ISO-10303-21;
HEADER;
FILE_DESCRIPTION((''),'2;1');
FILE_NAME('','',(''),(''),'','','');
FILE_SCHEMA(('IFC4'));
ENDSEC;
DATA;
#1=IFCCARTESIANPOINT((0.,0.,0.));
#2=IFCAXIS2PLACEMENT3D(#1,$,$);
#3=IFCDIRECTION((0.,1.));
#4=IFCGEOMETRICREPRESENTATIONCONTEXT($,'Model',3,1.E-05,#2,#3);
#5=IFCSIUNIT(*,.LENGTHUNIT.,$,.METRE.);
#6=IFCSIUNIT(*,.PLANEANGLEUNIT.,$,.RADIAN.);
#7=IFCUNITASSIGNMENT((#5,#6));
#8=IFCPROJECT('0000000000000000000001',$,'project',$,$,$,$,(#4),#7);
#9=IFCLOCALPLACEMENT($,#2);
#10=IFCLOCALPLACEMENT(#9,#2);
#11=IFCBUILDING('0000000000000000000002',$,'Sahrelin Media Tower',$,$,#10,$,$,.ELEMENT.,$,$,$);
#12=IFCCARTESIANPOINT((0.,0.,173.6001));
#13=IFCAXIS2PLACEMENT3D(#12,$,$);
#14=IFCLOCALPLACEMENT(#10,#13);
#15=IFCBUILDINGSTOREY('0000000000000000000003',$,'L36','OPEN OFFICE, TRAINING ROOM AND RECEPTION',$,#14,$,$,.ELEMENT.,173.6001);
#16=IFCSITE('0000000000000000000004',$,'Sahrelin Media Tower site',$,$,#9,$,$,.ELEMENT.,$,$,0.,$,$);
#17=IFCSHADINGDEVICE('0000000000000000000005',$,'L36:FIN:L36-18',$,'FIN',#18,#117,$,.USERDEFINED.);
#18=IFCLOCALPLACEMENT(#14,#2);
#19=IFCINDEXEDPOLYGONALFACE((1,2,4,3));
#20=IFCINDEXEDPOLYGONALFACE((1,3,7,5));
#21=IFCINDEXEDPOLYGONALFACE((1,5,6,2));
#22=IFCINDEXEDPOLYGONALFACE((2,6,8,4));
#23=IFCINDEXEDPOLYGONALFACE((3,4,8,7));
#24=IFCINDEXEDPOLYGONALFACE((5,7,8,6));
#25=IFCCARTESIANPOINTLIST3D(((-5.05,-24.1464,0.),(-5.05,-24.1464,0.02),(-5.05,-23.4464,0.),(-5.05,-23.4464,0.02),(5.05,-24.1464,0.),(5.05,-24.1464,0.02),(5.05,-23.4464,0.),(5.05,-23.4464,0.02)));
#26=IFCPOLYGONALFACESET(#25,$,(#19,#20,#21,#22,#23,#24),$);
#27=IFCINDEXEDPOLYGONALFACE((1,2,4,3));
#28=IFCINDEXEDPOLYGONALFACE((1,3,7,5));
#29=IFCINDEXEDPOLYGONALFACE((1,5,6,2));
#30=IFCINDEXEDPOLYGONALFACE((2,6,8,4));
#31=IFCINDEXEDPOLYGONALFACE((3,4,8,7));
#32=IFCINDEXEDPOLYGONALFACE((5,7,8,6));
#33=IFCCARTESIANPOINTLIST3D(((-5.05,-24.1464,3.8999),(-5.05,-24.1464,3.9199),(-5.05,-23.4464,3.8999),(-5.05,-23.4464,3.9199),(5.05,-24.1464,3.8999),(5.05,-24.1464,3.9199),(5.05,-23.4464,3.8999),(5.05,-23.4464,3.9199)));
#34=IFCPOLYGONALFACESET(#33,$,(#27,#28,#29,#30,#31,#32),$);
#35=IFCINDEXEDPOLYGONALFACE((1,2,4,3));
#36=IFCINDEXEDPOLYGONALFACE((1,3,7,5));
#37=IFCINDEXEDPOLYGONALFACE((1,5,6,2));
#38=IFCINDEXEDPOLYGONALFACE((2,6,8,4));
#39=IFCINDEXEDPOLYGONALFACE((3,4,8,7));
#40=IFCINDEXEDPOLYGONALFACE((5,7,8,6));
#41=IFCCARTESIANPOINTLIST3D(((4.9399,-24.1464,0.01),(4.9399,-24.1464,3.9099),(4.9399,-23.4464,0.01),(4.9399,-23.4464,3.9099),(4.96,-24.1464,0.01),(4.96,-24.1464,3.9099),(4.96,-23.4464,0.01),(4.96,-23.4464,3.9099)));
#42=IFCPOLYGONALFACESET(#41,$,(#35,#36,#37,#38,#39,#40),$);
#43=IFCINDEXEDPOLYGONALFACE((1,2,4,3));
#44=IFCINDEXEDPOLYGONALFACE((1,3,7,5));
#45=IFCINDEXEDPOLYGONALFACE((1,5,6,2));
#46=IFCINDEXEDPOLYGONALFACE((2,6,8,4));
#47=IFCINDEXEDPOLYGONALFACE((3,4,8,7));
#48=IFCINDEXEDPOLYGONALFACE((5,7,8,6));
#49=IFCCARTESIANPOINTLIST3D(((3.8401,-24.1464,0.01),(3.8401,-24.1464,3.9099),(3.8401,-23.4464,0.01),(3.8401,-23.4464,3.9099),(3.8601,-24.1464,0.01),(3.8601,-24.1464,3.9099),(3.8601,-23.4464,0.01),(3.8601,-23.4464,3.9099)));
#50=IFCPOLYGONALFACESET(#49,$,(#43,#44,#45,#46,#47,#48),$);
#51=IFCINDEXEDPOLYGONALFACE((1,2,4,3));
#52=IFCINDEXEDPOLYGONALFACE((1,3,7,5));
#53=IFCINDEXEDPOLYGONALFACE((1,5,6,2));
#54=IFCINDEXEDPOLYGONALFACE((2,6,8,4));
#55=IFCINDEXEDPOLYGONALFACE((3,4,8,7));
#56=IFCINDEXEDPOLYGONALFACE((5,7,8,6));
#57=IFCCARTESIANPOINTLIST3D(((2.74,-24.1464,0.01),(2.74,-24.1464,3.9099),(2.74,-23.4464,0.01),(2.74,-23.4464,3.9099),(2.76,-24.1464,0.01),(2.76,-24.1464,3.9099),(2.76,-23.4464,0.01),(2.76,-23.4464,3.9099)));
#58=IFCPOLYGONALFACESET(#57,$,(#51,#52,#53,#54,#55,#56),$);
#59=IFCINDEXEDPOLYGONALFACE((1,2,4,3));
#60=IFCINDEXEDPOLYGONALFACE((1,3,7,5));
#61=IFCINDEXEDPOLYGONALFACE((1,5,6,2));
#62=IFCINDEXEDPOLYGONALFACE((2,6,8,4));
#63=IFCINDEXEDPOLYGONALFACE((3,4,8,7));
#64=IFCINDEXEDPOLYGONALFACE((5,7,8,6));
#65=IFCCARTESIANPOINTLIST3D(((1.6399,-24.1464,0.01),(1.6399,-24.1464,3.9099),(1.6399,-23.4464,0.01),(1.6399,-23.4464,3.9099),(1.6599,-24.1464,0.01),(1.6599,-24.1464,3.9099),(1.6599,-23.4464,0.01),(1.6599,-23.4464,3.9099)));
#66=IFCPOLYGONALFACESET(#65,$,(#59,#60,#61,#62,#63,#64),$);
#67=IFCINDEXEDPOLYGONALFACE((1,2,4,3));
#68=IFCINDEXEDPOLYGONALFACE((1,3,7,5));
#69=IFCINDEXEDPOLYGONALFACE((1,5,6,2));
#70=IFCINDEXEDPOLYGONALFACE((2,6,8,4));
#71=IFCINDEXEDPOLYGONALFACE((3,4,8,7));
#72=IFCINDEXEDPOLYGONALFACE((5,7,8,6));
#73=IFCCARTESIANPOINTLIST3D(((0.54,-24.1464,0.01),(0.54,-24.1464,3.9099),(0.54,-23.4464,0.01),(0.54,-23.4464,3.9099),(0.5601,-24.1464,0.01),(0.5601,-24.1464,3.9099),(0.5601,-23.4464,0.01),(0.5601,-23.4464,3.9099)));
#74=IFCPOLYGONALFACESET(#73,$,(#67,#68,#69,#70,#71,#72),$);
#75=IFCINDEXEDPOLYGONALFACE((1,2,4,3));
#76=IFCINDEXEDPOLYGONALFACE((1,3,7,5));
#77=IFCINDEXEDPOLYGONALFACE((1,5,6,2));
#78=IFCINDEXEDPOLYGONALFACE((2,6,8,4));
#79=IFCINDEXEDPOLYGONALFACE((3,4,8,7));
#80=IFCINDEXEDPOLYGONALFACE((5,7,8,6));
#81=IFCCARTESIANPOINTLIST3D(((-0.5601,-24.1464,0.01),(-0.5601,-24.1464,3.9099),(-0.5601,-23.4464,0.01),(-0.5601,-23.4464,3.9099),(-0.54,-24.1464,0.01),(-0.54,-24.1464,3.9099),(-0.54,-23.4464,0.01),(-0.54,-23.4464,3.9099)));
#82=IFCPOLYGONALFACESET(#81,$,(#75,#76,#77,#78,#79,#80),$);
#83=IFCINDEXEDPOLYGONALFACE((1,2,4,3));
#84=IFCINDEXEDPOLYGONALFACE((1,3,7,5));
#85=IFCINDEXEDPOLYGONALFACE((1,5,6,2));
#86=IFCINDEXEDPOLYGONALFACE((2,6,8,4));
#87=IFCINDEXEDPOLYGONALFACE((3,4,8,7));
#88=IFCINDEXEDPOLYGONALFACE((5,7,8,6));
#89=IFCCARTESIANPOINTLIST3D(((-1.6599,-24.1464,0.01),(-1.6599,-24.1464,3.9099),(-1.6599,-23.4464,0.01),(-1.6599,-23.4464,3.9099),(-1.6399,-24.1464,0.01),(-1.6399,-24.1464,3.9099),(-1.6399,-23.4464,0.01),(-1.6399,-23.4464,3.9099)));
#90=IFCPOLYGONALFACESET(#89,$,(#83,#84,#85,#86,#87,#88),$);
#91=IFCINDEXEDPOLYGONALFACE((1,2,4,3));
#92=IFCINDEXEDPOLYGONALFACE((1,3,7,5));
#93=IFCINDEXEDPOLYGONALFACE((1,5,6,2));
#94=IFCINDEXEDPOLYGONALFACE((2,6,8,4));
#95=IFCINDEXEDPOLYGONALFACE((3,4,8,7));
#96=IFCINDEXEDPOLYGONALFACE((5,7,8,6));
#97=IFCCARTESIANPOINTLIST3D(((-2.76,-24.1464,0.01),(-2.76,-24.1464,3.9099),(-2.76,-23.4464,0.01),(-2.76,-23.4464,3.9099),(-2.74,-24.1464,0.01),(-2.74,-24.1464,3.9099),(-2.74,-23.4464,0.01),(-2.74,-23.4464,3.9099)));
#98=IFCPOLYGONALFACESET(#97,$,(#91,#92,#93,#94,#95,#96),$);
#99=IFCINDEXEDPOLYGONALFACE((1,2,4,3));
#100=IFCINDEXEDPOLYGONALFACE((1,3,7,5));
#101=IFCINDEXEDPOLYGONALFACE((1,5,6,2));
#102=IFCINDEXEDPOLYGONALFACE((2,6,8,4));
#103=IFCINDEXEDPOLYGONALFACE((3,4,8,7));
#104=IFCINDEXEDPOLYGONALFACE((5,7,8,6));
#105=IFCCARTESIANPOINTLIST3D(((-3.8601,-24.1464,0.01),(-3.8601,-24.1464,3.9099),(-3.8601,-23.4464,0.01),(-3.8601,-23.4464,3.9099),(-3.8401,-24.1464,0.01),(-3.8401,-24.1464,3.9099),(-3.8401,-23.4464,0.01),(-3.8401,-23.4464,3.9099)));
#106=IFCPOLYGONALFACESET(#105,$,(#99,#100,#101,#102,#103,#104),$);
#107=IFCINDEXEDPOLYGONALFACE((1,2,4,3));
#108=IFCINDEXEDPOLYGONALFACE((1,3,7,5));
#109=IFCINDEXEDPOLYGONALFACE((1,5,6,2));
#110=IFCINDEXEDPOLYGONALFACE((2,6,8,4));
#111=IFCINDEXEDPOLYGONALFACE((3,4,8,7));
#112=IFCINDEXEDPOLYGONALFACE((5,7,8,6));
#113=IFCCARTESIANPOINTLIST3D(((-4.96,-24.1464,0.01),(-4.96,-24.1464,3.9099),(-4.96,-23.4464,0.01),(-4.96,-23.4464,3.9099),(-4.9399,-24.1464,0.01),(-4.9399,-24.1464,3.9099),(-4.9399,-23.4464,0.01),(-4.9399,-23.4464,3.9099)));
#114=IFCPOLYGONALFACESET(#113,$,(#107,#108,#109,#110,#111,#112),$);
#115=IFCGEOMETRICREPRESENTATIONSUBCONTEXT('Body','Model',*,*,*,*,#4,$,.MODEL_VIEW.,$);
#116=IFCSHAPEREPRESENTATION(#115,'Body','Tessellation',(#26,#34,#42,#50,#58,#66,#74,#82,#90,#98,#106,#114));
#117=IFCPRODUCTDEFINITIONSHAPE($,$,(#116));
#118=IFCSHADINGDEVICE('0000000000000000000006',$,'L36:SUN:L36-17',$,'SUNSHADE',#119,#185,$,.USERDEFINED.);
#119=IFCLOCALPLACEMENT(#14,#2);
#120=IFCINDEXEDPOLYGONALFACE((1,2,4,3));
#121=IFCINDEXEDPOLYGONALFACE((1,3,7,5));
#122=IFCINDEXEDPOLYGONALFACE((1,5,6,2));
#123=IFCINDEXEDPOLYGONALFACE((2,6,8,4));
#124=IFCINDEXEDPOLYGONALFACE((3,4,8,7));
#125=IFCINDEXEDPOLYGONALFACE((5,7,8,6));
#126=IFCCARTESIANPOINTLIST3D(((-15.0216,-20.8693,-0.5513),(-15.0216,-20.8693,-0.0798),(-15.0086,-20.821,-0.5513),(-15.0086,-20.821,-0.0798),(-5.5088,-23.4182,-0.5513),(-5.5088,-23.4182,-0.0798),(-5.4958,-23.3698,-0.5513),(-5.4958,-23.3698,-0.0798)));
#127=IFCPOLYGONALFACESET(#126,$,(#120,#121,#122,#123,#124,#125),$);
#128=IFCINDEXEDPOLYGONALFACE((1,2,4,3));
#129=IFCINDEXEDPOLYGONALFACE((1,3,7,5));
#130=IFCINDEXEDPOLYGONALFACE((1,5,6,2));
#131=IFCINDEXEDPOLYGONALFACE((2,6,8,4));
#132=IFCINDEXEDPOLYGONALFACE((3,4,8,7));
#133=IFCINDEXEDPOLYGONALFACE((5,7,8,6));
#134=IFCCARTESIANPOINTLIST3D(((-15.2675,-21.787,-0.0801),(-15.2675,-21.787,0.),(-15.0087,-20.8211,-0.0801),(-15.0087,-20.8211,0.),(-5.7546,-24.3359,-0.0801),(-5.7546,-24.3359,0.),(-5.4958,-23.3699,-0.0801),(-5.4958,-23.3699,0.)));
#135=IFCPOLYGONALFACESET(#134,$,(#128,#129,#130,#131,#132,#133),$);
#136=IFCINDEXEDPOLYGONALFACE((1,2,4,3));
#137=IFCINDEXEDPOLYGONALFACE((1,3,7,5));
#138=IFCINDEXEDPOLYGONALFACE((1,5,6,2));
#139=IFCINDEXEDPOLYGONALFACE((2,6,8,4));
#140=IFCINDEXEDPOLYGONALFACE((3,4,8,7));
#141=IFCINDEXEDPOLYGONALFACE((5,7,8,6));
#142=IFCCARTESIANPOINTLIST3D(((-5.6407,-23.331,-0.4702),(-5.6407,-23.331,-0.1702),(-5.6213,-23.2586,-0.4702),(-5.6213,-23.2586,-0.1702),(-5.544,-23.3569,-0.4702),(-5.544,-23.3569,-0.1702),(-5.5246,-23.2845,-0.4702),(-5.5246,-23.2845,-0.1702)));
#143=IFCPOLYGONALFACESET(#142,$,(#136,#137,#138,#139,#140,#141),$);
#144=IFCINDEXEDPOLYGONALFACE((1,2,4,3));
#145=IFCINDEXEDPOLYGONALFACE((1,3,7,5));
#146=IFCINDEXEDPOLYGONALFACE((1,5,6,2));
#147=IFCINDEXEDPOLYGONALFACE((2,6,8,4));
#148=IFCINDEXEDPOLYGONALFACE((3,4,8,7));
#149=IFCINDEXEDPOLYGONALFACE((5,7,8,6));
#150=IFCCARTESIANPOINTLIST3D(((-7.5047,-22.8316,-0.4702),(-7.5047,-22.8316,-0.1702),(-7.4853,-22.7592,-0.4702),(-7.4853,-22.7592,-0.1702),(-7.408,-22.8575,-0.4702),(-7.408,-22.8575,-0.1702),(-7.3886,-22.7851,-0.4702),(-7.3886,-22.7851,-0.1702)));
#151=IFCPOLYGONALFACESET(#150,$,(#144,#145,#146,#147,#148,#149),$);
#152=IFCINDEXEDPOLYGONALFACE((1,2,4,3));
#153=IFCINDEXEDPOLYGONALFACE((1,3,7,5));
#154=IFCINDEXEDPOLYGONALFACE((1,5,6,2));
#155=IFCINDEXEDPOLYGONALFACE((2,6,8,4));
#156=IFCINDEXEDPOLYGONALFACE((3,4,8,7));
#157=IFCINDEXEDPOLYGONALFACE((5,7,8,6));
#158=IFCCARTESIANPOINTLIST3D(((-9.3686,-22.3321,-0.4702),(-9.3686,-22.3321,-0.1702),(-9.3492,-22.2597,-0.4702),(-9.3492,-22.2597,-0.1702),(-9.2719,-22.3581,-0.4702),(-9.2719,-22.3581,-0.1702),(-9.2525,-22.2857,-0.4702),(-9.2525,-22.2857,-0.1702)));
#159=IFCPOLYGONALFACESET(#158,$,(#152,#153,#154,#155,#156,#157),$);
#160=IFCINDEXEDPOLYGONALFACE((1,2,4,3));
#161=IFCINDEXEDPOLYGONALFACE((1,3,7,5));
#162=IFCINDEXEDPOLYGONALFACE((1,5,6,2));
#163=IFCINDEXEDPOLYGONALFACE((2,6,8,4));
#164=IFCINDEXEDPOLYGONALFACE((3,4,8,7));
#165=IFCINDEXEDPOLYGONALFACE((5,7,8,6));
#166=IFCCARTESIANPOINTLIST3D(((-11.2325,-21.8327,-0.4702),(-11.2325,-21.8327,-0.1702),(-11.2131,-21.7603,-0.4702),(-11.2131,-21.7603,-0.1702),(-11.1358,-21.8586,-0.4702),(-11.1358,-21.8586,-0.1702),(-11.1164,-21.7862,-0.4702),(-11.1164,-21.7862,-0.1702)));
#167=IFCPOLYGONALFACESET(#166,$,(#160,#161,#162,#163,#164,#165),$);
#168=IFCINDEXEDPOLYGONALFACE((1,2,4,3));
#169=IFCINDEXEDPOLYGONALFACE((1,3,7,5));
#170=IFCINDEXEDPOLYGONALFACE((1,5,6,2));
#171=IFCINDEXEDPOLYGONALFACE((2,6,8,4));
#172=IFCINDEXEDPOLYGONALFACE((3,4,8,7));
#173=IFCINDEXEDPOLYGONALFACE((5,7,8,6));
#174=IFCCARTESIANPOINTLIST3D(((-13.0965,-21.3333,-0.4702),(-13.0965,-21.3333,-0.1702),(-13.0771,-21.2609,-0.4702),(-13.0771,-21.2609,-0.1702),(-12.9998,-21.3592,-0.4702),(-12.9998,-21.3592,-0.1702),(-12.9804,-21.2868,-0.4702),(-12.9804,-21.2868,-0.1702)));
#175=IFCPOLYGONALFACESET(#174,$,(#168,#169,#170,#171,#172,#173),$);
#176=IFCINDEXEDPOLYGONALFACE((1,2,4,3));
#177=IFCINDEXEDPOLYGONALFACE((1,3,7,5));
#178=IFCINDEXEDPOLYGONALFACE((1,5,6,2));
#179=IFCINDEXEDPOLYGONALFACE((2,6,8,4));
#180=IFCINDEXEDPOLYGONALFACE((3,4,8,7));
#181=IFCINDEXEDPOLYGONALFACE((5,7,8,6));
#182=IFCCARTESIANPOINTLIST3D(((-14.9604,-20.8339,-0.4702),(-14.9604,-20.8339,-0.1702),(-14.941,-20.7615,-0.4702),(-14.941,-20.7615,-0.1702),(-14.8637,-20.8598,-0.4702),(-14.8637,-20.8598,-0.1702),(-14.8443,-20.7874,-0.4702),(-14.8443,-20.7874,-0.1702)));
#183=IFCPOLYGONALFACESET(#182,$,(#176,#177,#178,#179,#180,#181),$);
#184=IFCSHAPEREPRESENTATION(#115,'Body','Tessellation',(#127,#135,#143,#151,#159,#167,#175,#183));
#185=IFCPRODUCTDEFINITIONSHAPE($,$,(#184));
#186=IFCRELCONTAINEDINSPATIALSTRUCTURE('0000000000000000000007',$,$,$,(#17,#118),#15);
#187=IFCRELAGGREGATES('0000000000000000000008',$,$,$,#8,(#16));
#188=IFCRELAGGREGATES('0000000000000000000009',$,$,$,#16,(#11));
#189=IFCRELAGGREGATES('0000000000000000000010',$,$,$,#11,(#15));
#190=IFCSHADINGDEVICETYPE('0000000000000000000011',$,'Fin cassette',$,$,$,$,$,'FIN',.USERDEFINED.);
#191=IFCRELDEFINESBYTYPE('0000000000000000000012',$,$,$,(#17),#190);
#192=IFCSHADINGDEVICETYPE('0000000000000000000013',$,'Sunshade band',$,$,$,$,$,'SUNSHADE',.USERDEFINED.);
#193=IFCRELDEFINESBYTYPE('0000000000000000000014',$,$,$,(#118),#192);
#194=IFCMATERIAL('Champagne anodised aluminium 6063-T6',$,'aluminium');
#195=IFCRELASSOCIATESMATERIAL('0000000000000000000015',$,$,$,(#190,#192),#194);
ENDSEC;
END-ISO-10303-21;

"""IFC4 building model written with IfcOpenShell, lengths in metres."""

from ifc_helpers import new_model, si_unit, direction, frame, origin, origin_2d, place, context, subcontext, project, spatial, rectangle, extrude, material, type_object, element, save


model = new_model("IFC4")

# Units and contexts
model_context = context("Model", 3, precision=1e-05, world=origin(), true_north=direction((0.0, 1.0)))
body_context = subcontext(model_context, "Body", "Model", "MODEL_VIEW")
ifc_project = project(units=[si_unit("LENGTHUNIT", "METRE"), si_unit("PLANEANGLEUNIT", "RADIAN")], contexts=[model_context])

# Site, building, storey
site_placement = place(None, origin())
site = spatial("IfcSite", under=ifc_project, at=site_placement, Name="Sahrelin Media Tower site", CompositionType="ELEMENT", RefElevation=0.0)
building_placement = place(site_placement, origin())
building = spatial("IfcBuilding", under=site, at=building_placement, Name="Sahrelin Media Tower", CompositionType="ELEMENT")
storey_placement = place(building_placement, frame((0.0, 0.0, 173.6001)))
storey = spatial("IfcBuildingStorey", under=building, at=storey_placement, Name="L36", Description="OPEN OFFICE, TRAINING ROOM AND RECEPTION", CompositionType="ELEMENT", Elevation=173.6001)

# Shared definitions
ifc_material_1 = material(Name="Champagne anodised aluminium 6063-T6", Category="aluminium")

# Shading devices
shading_device_type_1 = type_object("IfcShadingDeviceType", Name="Fin cassette", ElementType="FIN", PredefinedType="USERDEFINED", material=ifc_material_1)
placement_1 = place(storey_placement, frame((-10.2471, -22.0762, 0.0), z_axis=(0.0, 0.0, 1.0), x_axis=(-0.965929, 0.258808, 0.0)))
placement_2 = place(storey_placement, frame((0.0, -23.3765, 0.0), z_axis=(0.0, 0.0, 1.0), x_axis=(-1.0, 0.0, 0.0)))
element("IfcShadingDevice", 1, at=placement_2, inside=storey, type_object=shading_device_type_1, Name="L36:FIN:L36-18", ObjectType="FIN", PredefinedType="USERDEFINED", context=body_context, shape_type="SweptSolid", body=[
    extrude(rectangle(XDim=10.1001, YDim=0.7, at=origin_2d()), frame((0.0, 0.4199, 0.0)), (0.0, 0.0, 1.0), 0.02),
    extrude(rectangle(XDim=10.1001, YDim=0.7, at=origin_2d()), frame((0.0, 0.4199, 3.8999)), (0.0, 0.0, 1.0), 0.02),
    extrude(rectangle(XDim=0.02, YDim=0.7, at=origin_2d()), frame((-4.95, 0.4199, 0.01), z_axis=(0.0, 0.0, 1.0), x_axis=(1.0, 0.0, 0.0)), (0.0, 0.0, 1.0), 3.8999),
    extrude(rectangle(XDim=0.02, YDim=0.7, at=origin_2d()), frame((-3.8501, 0.4199, 0.01), z_axis=(0.0, 0.0, 1.0), x_axis=(1.0, 0.0, 0.0)), (0.0, 0.0, 1.0), 3.8999),
    extrude(rectangle(XDim=0.02, YDim=0.7, at=origin_2d()), frame((-2.75, 0.4199, 0.01), z_axis=(0.0, 0.0, 1.0), x_axis=(1.0, 0.0, 0.0)), (0.0, 0.0, 1.0), 3.8999),
    extrude(rectangle(XDim=0.02, YDim=0.7, at=origin_2d()), frame((-1.6499, 0.4199, 0.01), z_axis=(0.0, 0.0, 1.0), x_axis=(1.0, 0.0, 0.0)), (0.0, 0.0, 1.0), 3.8999),
    extrude(rectangle(XDim=0.02, YDim=0.7, at=origin_2d()), frame((-0.55, 0.4199, 0.01), z_axis=(0.0, 0.0, 1.0), x_axis=(1.0, 0.0, 0.0)), (0.0, 0.0, 1.0), 3.8999),
    extrude(rectangle(XDim=0.02, YDim=0.7, at=origin_2d()), frame((0.55, 0.4199, 0.01), z_axis=(0.0, 0.0, 1.0), x_axis=(1.0, 0.0, 0.0)), (0.0, 0.0, 1.0), 3.8999),
    extrude(rectangle(XDim=0.02, YDim=0.7, at=origin_2d()), frame((1.6499, 0.4199, 0.01), z_axis=(0.0, 0.0, 1.0), x_axis=(1.0, 0.0, 0.0)), (0.0, 0.0, 1.0), 3.8999),
    extrude(rectangle(XDim=0.02, YDim=0.7, at=origin_2d()), frame((2.75, 0.4199, 0.01), z_axis=(0.0, 0.0, 1.0), x_axis=(1.0, 0.0, 0.0)), (0.0, 0.0, 1.0), 3.8999),
    extrude(rectangle(XDim=0.02, YDim=0.7, at=origin_2d()), frame((3.8501, 0.4199, 0.01), z_axis=(0.0, 0.0, 1.0), x_axis=(1.0, 0.0, 0.0)), (0.0, 0.0, 1.0), 3.8999),
    extrude(rectangle(XDim=0.02, YDim=0.7, at=origin_2d()), frame((4.95, 0.4199, 0.01), z_axis=(0.0, 0.0, 1.0), x_axis=(1.0, 0.0, 0.0)), (0.0, 0.0, 1.0), 3.8999),
])
shading_device_type_2 = type_object("IfcShadingDeviceType", Name="Sunshade band", ElementType="SUNSHADE", PredefinedType="USERDEFINED", material=ifc_material_1)
element("IfcShadingDevice", 2, at=placement_1, inside=storey, type_object=shading_device_type_2, Name="L36:SUN:L36-17", ObjectType="SUNSHADE", PredefinedType="USERDEFINED", context=body_context, shape_type="SweptSolid", body=[
    extrude(rectangle(XDim=9.8484, YDim=0.05, at=origin_2d()), frame((0.0, 0.0449, -0.5513)), (0.0, 0.0, 1.0), 0.4714),
    extrude(rectangle(XDim=9.8484, YDim=1.0, at=origin_2d()), frame((0.0, 0.52, -0.0801)), (0.0, 0.0, 1.0), 0.0801),
    extrude(rectangle(XDim=0.1001, YDim=0.075, at=origin_2d()), frame((-4.8242, -0.0176, -0.4702)), (0.0, 0.0, 1.0), 0.3),
    extrude(rectangle(XDim=0.1001, YDim=0.075, at=origin_2d()), frame((-2.8945, -0.0176, -0.4702)), (0.0, 0.0, 1.0), 0.3),
    extrude(rectangle(XDim=0.1001, YDim=0.075, at=origin_2d()), frame((-0.9648, -0.0176, -0.4702)), (0.0, 0.0, 1.0), 0.3),
    extrude(rectangle(XDim=0.1001, YDim=0.075, at=origin_2d()), frame((0.9648, -0.0176, -0.4702)), (0.0, 0.0, 1.0), 0.3),
    extrude(rectangle(XDim=0.1001, YDim=0.075, at=origin_2d()), frame((2.8945, -0.0176, -0.4702)), (0.0, 0.0, 1.0), 0.3),
    extrude(rectangle(XDim=0.1001, YDim=0.075, at=origin_2d()), frame((4.8242, -0.0176, -0.4702)), (0.0, 0.0, 1.0), 0.3),
])

save(model, "model.ifc")
